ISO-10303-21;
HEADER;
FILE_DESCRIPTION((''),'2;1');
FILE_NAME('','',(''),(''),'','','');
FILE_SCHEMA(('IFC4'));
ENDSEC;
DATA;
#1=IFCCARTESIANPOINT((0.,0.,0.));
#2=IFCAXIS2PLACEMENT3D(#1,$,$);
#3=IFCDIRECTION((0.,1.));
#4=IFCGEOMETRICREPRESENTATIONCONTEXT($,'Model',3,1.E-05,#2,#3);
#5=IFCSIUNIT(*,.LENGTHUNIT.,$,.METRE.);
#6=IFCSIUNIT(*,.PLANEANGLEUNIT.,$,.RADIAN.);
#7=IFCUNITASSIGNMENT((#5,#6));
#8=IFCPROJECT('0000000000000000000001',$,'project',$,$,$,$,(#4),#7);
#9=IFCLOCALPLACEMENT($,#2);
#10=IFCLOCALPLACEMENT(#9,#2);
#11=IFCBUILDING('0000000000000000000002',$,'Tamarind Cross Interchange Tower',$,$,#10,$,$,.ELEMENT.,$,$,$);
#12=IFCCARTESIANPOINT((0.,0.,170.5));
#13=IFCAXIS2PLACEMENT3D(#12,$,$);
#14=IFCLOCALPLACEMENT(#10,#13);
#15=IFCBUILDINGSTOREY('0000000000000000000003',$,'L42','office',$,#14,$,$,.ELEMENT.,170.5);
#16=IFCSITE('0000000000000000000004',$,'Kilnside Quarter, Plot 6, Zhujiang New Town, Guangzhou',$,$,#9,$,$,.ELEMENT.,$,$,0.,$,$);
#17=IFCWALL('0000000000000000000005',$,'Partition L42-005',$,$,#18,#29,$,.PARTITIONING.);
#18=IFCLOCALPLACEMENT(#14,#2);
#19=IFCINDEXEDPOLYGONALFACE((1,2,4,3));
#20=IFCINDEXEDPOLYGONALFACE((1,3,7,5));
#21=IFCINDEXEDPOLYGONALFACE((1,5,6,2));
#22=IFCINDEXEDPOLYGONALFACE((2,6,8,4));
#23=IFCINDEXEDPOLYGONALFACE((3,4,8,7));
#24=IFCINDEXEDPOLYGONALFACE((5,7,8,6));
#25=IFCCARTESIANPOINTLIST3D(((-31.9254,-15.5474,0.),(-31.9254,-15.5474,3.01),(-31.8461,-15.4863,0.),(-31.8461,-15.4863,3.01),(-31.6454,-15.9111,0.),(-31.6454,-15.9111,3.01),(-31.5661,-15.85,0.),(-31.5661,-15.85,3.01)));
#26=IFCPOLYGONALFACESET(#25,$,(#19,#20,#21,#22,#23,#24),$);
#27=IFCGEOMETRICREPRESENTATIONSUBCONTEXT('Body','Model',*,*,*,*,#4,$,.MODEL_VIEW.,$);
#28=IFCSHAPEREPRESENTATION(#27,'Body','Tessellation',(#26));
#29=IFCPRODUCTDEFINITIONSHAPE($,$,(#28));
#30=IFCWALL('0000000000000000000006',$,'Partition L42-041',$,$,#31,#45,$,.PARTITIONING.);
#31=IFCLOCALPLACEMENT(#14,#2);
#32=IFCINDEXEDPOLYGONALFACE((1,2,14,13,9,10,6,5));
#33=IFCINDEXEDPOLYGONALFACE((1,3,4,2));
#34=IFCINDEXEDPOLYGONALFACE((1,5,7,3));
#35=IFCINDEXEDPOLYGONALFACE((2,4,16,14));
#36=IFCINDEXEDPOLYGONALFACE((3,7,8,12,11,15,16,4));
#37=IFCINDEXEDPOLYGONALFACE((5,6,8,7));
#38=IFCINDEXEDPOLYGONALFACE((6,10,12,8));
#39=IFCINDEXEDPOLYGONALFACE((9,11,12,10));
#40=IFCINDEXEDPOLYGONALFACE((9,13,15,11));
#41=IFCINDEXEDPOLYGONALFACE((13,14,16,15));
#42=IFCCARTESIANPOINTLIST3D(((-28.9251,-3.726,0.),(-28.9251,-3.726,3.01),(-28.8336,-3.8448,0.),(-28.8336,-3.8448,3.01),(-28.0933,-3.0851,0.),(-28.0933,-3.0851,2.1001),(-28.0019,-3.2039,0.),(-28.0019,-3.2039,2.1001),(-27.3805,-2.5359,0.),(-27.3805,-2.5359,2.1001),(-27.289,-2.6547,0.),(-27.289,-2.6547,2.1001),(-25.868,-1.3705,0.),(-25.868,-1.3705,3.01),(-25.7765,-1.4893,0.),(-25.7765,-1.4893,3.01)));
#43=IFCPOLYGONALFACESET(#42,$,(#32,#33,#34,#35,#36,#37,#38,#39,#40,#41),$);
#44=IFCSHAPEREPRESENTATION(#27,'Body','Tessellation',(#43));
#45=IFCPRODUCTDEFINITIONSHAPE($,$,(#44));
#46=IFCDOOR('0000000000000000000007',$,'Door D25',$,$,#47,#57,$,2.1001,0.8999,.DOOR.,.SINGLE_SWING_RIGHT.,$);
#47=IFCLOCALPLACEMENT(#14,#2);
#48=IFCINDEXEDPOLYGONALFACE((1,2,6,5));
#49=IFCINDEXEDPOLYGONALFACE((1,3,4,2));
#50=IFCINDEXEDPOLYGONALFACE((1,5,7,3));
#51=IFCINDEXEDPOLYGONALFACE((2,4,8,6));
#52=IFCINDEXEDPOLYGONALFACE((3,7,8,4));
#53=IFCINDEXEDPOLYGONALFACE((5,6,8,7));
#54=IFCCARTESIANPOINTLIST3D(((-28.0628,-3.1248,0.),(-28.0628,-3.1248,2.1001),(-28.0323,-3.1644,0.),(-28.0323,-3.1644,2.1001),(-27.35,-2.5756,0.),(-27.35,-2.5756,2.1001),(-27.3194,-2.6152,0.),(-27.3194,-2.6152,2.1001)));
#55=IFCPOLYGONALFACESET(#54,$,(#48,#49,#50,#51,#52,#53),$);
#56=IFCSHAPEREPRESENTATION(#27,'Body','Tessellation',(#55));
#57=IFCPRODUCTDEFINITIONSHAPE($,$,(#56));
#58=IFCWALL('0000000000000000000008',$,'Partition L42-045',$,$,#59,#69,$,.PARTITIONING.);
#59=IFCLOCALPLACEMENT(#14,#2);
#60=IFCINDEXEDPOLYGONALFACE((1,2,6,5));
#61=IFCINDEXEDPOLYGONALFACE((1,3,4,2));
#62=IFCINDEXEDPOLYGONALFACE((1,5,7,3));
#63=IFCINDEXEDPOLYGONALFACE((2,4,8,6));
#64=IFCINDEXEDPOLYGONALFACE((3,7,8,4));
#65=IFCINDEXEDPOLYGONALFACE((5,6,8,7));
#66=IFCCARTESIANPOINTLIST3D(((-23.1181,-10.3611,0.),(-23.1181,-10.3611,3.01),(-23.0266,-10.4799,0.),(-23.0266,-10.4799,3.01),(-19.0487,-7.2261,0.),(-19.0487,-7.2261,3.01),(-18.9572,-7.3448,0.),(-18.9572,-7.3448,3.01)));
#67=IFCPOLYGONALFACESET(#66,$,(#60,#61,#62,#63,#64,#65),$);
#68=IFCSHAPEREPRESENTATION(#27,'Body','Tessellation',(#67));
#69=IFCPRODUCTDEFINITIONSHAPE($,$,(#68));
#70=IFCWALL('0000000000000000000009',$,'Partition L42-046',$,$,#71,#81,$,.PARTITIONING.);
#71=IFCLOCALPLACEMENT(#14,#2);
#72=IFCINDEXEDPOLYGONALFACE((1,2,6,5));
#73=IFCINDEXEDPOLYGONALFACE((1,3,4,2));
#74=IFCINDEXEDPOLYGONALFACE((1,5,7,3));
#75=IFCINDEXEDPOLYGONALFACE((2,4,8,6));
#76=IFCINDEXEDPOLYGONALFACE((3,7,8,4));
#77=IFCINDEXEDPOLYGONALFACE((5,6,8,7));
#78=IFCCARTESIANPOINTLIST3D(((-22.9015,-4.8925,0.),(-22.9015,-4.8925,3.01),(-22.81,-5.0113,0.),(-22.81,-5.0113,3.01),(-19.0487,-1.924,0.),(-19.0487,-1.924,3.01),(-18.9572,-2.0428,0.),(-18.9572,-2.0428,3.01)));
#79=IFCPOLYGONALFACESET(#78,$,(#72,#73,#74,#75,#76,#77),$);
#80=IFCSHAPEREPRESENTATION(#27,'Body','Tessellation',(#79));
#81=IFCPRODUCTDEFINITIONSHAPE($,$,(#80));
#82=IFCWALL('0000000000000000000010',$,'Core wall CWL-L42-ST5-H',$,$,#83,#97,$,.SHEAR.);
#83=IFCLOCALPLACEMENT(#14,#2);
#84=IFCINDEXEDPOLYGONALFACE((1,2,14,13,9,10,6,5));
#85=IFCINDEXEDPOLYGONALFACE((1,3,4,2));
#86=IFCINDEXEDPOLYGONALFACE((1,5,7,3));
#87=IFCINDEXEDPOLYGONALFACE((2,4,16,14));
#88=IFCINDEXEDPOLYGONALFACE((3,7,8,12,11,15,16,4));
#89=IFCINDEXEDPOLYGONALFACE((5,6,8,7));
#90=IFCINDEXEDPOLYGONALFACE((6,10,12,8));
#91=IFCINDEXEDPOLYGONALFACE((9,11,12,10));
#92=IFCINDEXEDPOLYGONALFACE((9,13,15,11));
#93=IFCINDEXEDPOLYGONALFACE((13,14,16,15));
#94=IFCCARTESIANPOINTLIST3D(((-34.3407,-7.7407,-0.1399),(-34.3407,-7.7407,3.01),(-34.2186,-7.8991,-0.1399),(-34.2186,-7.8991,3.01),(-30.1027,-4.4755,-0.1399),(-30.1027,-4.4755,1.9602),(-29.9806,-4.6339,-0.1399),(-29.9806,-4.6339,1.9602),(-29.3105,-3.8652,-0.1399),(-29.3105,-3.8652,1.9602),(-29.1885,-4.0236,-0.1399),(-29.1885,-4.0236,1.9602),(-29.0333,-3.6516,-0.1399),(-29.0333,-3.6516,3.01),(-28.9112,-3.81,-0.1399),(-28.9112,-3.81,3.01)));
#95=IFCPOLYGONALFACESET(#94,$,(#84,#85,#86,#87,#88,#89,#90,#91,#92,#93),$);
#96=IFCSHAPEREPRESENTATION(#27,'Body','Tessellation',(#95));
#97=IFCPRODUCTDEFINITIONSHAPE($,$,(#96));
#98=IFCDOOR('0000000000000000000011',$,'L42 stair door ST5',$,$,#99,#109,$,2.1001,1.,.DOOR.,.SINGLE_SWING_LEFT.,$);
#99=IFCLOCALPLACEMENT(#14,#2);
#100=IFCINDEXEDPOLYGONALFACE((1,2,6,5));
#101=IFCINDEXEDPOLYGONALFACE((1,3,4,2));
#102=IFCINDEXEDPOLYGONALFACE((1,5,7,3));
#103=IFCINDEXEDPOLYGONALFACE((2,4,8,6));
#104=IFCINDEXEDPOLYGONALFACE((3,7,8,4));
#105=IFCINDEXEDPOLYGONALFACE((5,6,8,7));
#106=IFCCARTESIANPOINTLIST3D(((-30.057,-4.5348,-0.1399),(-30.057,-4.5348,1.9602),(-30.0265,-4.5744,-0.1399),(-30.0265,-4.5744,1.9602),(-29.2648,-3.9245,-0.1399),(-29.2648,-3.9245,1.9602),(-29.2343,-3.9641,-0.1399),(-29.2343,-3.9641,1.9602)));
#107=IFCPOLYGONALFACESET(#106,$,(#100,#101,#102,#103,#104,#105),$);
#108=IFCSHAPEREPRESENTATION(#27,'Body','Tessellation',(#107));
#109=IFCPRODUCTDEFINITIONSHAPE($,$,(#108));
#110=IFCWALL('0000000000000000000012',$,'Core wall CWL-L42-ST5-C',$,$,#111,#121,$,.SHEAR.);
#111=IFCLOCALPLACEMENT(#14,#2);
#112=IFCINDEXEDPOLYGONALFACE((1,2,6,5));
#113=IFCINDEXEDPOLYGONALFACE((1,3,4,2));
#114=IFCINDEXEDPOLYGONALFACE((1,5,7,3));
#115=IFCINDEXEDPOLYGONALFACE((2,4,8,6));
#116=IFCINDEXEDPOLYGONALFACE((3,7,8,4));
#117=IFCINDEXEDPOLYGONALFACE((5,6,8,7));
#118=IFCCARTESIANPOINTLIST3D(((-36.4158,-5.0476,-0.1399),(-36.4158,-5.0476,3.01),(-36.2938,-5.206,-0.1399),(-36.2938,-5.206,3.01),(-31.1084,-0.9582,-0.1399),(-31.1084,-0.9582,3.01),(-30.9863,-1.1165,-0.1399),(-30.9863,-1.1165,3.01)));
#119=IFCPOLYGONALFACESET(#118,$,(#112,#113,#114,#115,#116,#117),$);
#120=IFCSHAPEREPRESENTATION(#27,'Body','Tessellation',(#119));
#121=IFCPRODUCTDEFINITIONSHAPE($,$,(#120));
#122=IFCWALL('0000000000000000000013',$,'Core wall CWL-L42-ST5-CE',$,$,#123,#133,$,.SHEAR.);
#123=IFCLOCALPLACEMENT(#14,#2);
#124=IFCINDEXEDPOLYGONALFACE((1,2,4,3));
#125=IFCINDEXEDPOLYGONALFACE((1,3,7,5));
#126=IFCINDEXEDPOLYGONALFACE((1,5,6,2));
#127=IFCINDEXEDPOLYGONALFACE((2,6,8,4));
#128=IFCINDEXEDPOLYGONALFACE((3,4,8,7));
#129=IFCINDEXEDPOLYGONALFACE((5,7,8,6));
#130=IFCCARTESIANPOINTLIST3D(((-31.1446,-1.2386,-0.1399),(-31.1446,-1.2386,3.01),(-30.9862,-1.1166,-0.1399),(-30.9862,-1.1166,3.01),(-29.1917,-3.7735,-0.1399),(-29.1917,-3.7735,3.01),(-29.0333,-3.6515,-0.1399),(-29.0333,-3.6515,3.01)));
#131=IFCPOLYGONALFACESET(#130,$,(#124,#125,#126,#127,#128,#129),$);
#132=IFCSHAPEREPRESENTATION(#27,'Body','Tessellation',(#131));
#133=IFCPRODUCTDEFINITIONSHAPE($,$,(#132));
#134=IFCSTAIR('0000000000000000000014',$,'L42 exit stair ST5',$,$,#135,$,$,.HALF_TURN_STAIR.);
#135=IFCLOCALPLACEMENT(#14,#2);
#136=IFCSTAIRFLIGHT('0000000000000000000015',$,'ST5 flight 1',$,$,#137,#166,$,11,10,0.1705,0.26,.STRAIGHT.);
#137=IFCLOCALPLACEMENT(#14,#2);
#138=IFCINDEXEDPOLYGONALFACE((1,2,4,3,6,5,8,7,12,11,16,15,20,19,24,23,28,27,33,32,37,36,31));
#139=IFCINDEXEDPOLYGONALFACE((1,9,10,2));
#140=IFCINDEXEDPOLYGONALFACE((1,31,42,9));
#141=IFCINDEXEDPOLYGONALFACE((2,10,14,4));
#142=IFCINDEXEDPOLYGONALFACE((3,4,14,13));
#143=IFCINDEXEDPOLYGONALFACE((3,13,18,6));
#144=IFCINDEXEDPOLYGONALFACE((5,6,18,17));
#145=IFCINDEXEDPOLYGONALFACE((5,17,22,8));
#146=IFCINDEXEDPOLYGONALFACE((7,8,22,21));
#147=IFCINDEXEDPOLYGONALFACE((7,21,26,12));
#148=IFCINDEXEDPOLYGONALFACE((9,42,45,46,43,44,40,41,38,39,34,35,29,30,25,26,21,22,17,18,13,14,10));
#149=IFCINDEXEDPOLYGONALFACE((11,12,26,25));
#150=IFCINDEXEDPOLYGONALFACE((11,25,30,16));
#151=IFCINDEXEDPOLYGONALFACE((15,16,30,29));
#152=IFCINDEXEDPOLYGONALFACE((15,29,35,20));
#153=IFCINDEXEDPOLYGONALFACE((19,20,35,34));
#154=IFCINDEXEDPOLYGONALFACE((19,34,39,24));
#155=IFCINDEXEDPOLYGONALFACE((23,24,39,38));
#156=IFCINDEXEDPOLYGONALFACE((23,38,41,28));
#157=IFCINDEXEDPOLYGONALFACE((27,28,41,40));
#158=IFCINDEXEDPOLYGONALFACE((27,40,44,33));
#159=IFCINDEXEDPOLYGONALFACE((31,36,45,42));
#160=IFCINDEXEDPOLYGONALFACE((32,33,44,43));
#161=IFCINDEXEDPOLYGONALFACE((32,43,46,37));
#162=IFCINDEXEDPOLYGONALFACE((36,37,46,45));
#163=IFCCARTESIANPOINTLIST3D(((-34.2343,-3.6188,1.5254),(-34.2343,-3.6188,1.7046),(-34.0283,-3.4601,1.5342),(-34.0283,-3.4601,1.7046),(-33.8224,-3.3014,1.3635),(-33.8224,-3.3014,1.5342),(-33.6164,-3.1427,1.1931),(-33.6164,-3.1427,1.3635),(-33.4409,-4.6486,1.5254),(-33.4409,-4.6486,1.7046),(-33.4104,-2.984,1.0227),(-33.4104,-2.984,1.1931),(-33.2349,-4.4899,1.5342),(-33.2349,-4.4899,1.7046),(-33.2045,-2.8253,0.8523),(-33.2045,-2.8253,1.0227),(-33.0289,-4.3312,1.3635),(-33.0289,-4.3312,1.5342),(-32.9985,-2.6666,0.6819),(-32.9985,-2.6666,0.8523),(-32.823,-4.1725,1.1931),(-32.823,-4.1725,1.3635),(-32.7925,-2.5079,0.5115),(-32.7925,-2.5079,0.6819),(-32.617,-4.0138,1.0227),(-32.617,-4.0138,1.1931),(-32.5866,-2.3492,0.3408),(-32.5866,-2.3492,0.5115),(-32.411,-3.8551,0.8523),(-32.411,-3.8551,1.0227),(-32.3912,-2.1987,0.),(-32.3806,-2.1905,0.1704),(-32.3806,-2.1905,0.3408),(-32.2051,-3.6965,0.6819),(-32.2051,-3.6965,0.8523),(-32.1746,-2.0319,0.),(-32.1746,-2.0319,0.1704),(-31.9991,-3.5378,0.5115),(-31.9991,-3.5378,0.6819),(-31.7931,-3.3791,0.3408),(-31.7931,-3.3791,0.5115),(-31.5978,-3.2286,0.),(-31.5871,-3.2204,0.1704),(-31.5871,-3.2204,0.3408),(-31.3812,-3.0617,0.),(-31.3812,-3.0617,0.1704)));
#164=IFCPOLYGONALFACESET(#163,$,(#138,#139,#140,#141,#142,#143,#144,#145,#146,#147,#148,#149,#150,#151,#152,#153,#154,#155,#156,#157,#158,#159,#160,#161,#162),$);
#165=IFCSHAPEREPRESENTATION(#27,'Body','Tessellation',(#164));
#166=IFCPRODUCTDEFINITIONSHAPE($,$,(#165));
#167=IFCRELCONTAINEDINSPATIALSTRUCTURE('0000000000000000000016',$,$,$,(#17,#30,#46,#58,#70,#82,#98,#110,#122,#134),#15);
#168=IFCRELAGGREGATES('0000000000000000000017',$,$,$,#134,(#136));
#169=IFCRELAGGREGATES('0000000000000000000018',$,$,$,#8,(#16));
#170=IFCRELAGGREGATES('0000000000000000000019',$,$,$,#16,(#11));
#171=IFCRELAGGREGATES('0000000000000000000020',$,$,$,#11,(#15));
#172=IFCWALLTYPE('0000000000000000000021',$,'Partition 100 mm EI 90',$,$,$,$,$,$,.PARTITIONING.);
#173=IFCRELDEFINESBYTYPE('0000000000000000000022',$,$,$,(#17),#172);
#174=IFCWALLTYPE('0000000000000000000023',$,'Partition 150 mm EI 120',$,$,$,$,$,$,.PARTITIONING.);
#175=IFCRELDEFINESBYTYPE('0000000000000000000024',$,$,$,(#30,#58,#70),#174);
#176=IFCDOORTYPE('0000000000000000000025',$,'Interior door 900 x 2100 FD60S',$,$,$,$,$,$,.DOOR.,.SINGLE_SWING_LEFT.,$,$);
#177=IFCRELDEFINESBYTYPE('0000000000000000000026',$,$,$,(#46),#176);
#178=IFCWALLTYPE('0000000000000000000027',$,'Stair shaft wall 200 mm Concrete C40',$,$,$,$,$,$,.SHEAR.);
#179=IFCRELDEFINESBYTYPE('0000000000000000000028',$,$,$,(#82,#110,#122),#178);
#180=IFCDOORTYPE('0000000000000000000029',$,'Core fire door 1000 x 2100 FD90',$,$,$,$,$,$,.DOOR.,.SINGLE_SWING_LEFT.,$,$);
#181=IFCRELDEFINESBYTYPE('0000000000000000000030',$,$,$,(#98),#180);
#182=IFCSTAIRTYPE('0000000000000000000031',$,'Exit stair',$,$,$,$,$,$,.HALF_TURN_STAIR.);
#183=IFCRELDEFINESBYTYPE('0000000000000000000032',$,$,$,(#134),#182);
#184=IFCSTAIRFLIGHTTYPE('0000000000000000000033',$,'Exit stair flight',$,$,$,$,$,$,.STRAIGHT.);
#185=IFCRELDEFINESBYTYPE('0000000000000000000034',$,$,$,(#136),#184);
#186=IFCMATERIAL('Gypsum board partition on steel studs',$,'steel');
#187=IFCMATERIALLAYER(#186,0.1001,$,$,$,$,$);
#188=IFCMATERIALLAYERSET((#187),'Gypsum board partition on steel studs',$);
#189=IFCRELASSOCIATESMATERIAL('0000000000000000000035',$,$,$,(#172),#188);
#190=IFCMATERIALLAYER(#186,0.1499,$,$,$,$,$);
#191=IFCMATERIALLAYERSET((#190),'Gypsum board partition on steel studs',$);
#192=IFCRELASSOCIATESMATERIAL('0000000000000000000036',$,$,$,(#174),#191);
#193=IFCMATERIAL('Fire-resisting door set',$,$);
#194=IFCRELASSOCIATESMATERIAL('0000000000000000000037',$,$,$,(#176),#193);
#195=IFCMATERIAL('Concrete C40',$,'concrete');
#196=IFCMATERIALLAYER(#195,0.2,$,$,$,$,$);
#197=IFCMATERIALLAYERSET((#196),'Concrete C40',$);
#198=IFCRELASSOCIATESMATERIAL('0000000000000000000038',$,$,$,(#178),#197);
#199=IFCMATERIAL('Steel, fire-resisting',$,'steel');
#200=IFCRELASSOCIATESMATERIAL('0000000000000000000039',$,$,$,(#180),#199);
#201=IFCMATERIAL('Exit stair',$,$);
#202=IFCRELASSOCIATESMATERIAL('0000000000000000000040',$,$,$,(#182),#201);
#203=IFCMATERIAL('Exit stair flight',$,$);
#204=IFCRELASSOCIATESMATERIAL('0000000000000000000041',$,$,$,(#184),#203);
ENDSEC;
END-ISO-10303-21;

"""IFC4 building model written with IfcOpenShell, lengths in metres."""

from ifc_helpers import new_model, si_unit, direction, frame, frame_2d, origin, place, context, subcontext, project, spatial, polyline, rectangle, outline, extrude, material, layer, layer_set, type_object, element, fill, aggregate, save


model = new_model("IFC4")

# Units and contexts
model_context = context("Model", 3, precision=1e-05, world=origin(), true_north=direction((0.0, 1.0)))
body_context = subcontext(model_context, "Body", "Model", "MODEL_VIEW")
ifc_project = project(units=[si_unit("LENGTHUNIT", "METRE"), si_unit("PLANEANGLEUNIT", "RADIAN")], contexts=[model_context])

# Site, building, storey
site_placement = place(None, origin())
site = spatial("IfcSite", under=ifc_project, at=site_placement, Name="Kilnside Quarter, Plot 6, Zhujiang New Town, Guangzhou", CompositionType="ELEMENT", RefElevation=0.0)
building_placement = place(site_placement, origin())
building = spatial("IfcBuilding", under=site, at=building_placement, Name="Tamarind Cross Interchange Tower", CompositionType="ELEMENT")
storey_placement = place(building_placement, frame((0.0, 0.0, 170.5)))
storey = spatial("IfcBuildingStorey", under=building, at=storey_placement, Name="L42", Description="office", CompositionType="ELEMENT", Elevation=170.5)

# Wall
ifc_material_1 = material(Name="Gypsum board partition on steel studs", Category="steel")
ifc_layer_1 = layer(ifc_material_1, 0.1001)
ifc_layer_set_1 = layer_set([ifc_layer_1], Name="Gypsum board partition on steel studs")
wall_type_1 = type_object("IfcWallType", Name="Partition 100 mm EI 90", PredefinedType="PARTITIONING", material=ifc_layer_set_1)
wall_1_placement = place(storey_placement, frame((-31.8857, -15.5168, 0.0), z_axis=(0.0, 0.0, 1.0), x_axis=(0.609993, -0.792406, 0.0)))
element("IfcWall", 1, at=wall_1_placement, inside=storey, type_object=wall_type_1, Name="Partition L42-005", PredefinedType="PARTITIONING", context=body_context, shape_type="SweptSolid", body=[
    extrude(rectangle(XDim=0.459, YDim=0.1001, at=frame_2d((0.2295, 0.0))), origin(), (0.0, 0.0, 1.0), 3.01),
])

# Wall, opening, door
ifc_layer_2 = layer(ifc_material_1, 0.1499)
ifc_layer_set_2 = layer_set([ifc_layer_2], Name="Gypsum board partition on steel studs")
wall_type_2 = type_object("IfcWallType", Name="Partition 150 mm EI 120", PredefinedType="PARTITIONING", material=ifc_layer_set_2)
wall_2_placement = place(storey_placement, frame((-28.8794, -3.7854, 0.0), z_axis=(0.0, 0.0, 1.0), x_axis=(0.792144, 0.610334, 0.0)))
wall_2 = element("IfcWall", 2, at=wall_2_placement, inside=storey, type_object=wall_type_2, Name="Partition L42-041", PredefinedType="PARTITIONING", context=body_context, shape_type="SweptSolid", body=[
    extrude(rectangle(XDim=3.8594, YDim=0.1499, at=frame_2d((1.9297, 0.0))), origin(), (0.0, 0.0, 1.0), 3.01),
])
opening_1_placement = place(wall_2_placement, frame((1.05, 0.0, 0.0)))
opening_1 = element("IfcOpeningElement", 3, at=opening_1_placement, cuts=wall_2, PredefinedType="OPENING", context=body_context, shape_type="SweptSolid", body=[
    extrude(rectangle(XDim=0.8999, YDim=2.1001, at=frame_2d((0.45, 1.05))), frame((0.0, 0.085, 0.0), z_axis=(0.0, -1.0, 0.0), x_axis=(1.0, 0.0, 0.0)), (0.0, 0.0, 1.0), 0.1699),
])
ifc_material_2 = material(Name="Fire-resisting door set")
door_type_1 = type_object("IfcDoorType", Name="Interior door 900 x 2100 FD60S", OperationType="SINGLE_SWING_LEFT", PredefinedType="DOOR", material=ifc_material_2)
door_1_placement = place(opening_1_placement, origin())
door_1 = element("IfcDoor", 4, at=door_1_placement, inside=storey, type_object=door_type_1, Name="Door D25", OperationType="SINGLE_SWING_RIGHT", OverallHeight=2.1001, OverallWidth=0.8999, PredefinedType="DOOR", context=body_context, shape_type="SweptSolid", body=[
    extrude(rectangle(XDim=0.8999, YDim=2.1001, at=frame_2d((0.45, 1.05))), frame((0.0, 0.0249, 0.0), z_axis=(0.0, -1.0, 0.0), x_axis=(1.0, 0.0, 0.0)), (0.0, 0.0, 1.0), 0.05),
])
fill(opening_1, door_1)

# Walls
wall_3_placement = place(storey_placement, frame((-23.0723, -10.4204, 0.0), z_axis=(0.0, 0.0, 1.0), x_axis=(0.792177, 0.610292, 0.0)))
element("IfcWall", 5, at=wall_3_placement, inside=storey, type_object=wall_type_2, Name="Partition L42-045", PredefinedType="PARTITIONING", context=body_context, shape_type="SweptSolid", body=[
    extrude(rectangle(XDim=5.137, YDim=0.1499, at=frame_2d((2.5684, 0.0))), origin(), (0.0, 0.0, 1.0), 3.01),
])
wall_4_placement = place(storey_placement, frame((-22.8557, -4.9519, 0.0), z_axis=(0.0, 0.0, 1.0), x_axis=(0.792144, 0.610334, 0.0)))
element("IfcWall", 6, at=wall_4_placement, inside=storey, type_object=wall_type_2, Name="Partition L42-046", PredefinedType="PARTITIONING", context=body_context, shape_type="SweptSolid", body=[
    extrude(rectangle(XDim=4.8638, YDim=0.1499, at=frame_2d((2.4319, 0.0))), origin(), (0.0, 0.0, 1.0), 3.01),
])

# Wall, opening, door
ifc_material_3 = material(Name="Concrete C40", Category="concrete")
ifc_layer_3 = layer(ifc_material_3, 0.2)
ifc_layer_set_3 = layer_set([ifc_layer_3], Name="Concrete C40")
wall_type_3 = type_object("IfcWallType", Name="Stair shaft wall 200 mm Concrete C40", PredefinedType="SHEAR", material=ifc_layer_set_3)
wall_5_placement = place(storey_placement, frame((-28.9722, -3.7307, -0.1399), z_axis=(0.0, 0.0, 1.0), x_axis=(-0.792154, -0.610322, 0.0)))
wall_5 = element("IfcWall", 7, at=wall_5_placement, inside=storey, type_object=wall_type_3, Name="Core wall CWL-L42-ST5-H", PredefinedType="SHEAR", context=body_context, shape_type="SweptSolid", body=[
    extrude(rectangle(XDim=6.7, YDim=0.2, at=frame_2d((3.3501, 0.0))), origin(), (0.0, 0.0, 1.0), 3.1499),
])
opening_2_placement = place(wall_5_placement, frame((0.3501, 0.0, 0.0)))
opening_2 = element("IfcOpeningElement", 8, at=opening_2_placement, cuts=wall_5, PredefinedType="OPENING", context=body_context, shape_type="SweptSolid", body=[
    extrude(rectangle(XDim=1.0, YDim=2.1001, at=frame_2d((0.5, 1.05))), frame((0.0, 0.1099, 0.0), z_axis=(0.0, -1.0, 0.0), x_axis=(1.0, 0.0, 0.0)), (0.0, 0.0, 1.0), 0.22),
])
ifc_material_4 = material(Name="Steel, fire-resisting", Category="steel")
door_type_2 = type_object("IfcDoorType", Name="Core fire door 1000 x 2100 FD90", OperationType="SINGLE_SWING_LEFT", PredefinedType="DOOR", material=ifc_material_4)
door_2_placement = place(opening_2_placement, origin())
door_2 = element("IfcDoor", 9, at=door_2_placement, inside=storey, type_object=door_type_2, Name="L42 stair door ST5", OperationType="SINGLE_SWING_LEFT", OverallHeight=2.1001, OverallWidth=1.0, PredefinedType="DOOR", context=body_context, shape_type="SweptSolid", body=[
    extrude(rectangle(XDim=1.0, YDim=2.1001, at=frame_2d((0.5, 1.05))), frame((0.0, 0.0249, 0.0), z_axis=(0.0, -1.0, 0.0), x_axis=(1.0, 0.0, 0.0)), (0.0, 0.0, 1.0), 0.05),
])
fill(opening_2, door_2)

# Walls
wall_6_placement = place(storey_placement, frame((-31.0474, -1.0374, -0.1399), z_axis=(0.0, 0.0, 1.0), x_axis=(-0.792136, -0.610345, 0.0)))
element("IfcWall", 10, at=wall_6_placement, inside=storey, type_object=wall_type_3, Name="Core wall CWL-L42-ST5-C", PredefinedType="SHEAR", context=body_context, shape_type="SweptSolid", body=[
    extrude(rectangle(XDim=6.7002, YDim=0.2, at=frame_2d((3.3501, 0.0))), origin(), (0.0, 0.0, 1.0), 3.1499),
])
wall_7_placement = place(storey_placement, frame((-31.0654, -1.1775, -0.1399), z_axis=(0.0, 0.0, 1.0), x_axis=(0.610289, -0.792178, 0.0)))
element("IfcWall", 11, at=wall_7_placement, inside=storey, type_object=wall_type_3, Name="Core wall CWL-L42-ST5-CE", PredefinedType="SHEAR", context=body_context, shape_type="SweptSolid", body=[
    extrude(rectangle(XDim=3.2, YDim=0.2, at=frame_2d((1.6001, 0.0))), origin(), (0.0, 0.0, 1.0), 3.1499),
])

# Stair, stair flight
ifc_material_5 = material(Name="Exit stair")
stair_type = type_object("IfcStairType", Name="Exit stair", PredefinedType="HALF_TURN_STAIR", material=ifc_material_5)
stair_placement = place(storey_placement, origin())
stair = element("IfcStair", 12, at=stair_placement, inside=storey, type_object=stair_type, Name="L42 exit stair ST5", PredefinedType="HALF_TURN_STAIR")
ifc_material_6 = material(Name="Exit stair flight")
stair_flight_type = type_object("IfcStairFlightType", Name="Exit stair flight", PredefinedType="STRAIGHT", material=ifc_material_6)
stair_flight_placement = place(storey_placement, frame((-31.7778, -2.5469, 0.0), z_axis=(0.0, 0.0, 1.0), x_axis=(-0.792153, -0.610322, 0.0)))
stair_flight = element("IfcStairFlight", 13, at=stair_flight_placement, type_object=stair_flight_type, Name="ST5 flight 1", NumberOfRisers=11, NumberOfTreads=10, PredefinedType="STRAIGHT", RiserHeight=0.1705, TreadLength=0.26, context=body_context, shape_type="SweptSolid", body=[
    extrude(outline(polyline([(0.0, 0.0), (0.0, 0.1704), (0.26, 0.1704), (0.26, 0.3408), (0.52, 0.3408), (0.52, 0.5115), (0.78, 0.5115), (0.78, 0.6819), (1.04, 0.6819), (1.04, 0.8523), (1.3, 0.8523), (1.3, 1.0227), (1.5601, 1.0227), (1.5601, 1.1931), (1.8201, 1.1931), (1.8201, 1.3635), (2.0801, 1.3635), (2.0801, 1.5342), (2.3401, 1.5342), (2.3401, 1.7046), (2.6001, 1.7046), (2.6001, 1.875), (2.6001, 1.5254), (0.2734, 0.0), (0.0, 0.0)])), frame((0.0, 0.6499, 0.0), z_axis=(0.0, -1.0, 0.0), x_axis=(1.0, 0.0, 0.0)), (0.0, 0.0, 1.0), 1.3),
])
aggregate(stair, [stair_flight])

save(model, "model.ifc")
